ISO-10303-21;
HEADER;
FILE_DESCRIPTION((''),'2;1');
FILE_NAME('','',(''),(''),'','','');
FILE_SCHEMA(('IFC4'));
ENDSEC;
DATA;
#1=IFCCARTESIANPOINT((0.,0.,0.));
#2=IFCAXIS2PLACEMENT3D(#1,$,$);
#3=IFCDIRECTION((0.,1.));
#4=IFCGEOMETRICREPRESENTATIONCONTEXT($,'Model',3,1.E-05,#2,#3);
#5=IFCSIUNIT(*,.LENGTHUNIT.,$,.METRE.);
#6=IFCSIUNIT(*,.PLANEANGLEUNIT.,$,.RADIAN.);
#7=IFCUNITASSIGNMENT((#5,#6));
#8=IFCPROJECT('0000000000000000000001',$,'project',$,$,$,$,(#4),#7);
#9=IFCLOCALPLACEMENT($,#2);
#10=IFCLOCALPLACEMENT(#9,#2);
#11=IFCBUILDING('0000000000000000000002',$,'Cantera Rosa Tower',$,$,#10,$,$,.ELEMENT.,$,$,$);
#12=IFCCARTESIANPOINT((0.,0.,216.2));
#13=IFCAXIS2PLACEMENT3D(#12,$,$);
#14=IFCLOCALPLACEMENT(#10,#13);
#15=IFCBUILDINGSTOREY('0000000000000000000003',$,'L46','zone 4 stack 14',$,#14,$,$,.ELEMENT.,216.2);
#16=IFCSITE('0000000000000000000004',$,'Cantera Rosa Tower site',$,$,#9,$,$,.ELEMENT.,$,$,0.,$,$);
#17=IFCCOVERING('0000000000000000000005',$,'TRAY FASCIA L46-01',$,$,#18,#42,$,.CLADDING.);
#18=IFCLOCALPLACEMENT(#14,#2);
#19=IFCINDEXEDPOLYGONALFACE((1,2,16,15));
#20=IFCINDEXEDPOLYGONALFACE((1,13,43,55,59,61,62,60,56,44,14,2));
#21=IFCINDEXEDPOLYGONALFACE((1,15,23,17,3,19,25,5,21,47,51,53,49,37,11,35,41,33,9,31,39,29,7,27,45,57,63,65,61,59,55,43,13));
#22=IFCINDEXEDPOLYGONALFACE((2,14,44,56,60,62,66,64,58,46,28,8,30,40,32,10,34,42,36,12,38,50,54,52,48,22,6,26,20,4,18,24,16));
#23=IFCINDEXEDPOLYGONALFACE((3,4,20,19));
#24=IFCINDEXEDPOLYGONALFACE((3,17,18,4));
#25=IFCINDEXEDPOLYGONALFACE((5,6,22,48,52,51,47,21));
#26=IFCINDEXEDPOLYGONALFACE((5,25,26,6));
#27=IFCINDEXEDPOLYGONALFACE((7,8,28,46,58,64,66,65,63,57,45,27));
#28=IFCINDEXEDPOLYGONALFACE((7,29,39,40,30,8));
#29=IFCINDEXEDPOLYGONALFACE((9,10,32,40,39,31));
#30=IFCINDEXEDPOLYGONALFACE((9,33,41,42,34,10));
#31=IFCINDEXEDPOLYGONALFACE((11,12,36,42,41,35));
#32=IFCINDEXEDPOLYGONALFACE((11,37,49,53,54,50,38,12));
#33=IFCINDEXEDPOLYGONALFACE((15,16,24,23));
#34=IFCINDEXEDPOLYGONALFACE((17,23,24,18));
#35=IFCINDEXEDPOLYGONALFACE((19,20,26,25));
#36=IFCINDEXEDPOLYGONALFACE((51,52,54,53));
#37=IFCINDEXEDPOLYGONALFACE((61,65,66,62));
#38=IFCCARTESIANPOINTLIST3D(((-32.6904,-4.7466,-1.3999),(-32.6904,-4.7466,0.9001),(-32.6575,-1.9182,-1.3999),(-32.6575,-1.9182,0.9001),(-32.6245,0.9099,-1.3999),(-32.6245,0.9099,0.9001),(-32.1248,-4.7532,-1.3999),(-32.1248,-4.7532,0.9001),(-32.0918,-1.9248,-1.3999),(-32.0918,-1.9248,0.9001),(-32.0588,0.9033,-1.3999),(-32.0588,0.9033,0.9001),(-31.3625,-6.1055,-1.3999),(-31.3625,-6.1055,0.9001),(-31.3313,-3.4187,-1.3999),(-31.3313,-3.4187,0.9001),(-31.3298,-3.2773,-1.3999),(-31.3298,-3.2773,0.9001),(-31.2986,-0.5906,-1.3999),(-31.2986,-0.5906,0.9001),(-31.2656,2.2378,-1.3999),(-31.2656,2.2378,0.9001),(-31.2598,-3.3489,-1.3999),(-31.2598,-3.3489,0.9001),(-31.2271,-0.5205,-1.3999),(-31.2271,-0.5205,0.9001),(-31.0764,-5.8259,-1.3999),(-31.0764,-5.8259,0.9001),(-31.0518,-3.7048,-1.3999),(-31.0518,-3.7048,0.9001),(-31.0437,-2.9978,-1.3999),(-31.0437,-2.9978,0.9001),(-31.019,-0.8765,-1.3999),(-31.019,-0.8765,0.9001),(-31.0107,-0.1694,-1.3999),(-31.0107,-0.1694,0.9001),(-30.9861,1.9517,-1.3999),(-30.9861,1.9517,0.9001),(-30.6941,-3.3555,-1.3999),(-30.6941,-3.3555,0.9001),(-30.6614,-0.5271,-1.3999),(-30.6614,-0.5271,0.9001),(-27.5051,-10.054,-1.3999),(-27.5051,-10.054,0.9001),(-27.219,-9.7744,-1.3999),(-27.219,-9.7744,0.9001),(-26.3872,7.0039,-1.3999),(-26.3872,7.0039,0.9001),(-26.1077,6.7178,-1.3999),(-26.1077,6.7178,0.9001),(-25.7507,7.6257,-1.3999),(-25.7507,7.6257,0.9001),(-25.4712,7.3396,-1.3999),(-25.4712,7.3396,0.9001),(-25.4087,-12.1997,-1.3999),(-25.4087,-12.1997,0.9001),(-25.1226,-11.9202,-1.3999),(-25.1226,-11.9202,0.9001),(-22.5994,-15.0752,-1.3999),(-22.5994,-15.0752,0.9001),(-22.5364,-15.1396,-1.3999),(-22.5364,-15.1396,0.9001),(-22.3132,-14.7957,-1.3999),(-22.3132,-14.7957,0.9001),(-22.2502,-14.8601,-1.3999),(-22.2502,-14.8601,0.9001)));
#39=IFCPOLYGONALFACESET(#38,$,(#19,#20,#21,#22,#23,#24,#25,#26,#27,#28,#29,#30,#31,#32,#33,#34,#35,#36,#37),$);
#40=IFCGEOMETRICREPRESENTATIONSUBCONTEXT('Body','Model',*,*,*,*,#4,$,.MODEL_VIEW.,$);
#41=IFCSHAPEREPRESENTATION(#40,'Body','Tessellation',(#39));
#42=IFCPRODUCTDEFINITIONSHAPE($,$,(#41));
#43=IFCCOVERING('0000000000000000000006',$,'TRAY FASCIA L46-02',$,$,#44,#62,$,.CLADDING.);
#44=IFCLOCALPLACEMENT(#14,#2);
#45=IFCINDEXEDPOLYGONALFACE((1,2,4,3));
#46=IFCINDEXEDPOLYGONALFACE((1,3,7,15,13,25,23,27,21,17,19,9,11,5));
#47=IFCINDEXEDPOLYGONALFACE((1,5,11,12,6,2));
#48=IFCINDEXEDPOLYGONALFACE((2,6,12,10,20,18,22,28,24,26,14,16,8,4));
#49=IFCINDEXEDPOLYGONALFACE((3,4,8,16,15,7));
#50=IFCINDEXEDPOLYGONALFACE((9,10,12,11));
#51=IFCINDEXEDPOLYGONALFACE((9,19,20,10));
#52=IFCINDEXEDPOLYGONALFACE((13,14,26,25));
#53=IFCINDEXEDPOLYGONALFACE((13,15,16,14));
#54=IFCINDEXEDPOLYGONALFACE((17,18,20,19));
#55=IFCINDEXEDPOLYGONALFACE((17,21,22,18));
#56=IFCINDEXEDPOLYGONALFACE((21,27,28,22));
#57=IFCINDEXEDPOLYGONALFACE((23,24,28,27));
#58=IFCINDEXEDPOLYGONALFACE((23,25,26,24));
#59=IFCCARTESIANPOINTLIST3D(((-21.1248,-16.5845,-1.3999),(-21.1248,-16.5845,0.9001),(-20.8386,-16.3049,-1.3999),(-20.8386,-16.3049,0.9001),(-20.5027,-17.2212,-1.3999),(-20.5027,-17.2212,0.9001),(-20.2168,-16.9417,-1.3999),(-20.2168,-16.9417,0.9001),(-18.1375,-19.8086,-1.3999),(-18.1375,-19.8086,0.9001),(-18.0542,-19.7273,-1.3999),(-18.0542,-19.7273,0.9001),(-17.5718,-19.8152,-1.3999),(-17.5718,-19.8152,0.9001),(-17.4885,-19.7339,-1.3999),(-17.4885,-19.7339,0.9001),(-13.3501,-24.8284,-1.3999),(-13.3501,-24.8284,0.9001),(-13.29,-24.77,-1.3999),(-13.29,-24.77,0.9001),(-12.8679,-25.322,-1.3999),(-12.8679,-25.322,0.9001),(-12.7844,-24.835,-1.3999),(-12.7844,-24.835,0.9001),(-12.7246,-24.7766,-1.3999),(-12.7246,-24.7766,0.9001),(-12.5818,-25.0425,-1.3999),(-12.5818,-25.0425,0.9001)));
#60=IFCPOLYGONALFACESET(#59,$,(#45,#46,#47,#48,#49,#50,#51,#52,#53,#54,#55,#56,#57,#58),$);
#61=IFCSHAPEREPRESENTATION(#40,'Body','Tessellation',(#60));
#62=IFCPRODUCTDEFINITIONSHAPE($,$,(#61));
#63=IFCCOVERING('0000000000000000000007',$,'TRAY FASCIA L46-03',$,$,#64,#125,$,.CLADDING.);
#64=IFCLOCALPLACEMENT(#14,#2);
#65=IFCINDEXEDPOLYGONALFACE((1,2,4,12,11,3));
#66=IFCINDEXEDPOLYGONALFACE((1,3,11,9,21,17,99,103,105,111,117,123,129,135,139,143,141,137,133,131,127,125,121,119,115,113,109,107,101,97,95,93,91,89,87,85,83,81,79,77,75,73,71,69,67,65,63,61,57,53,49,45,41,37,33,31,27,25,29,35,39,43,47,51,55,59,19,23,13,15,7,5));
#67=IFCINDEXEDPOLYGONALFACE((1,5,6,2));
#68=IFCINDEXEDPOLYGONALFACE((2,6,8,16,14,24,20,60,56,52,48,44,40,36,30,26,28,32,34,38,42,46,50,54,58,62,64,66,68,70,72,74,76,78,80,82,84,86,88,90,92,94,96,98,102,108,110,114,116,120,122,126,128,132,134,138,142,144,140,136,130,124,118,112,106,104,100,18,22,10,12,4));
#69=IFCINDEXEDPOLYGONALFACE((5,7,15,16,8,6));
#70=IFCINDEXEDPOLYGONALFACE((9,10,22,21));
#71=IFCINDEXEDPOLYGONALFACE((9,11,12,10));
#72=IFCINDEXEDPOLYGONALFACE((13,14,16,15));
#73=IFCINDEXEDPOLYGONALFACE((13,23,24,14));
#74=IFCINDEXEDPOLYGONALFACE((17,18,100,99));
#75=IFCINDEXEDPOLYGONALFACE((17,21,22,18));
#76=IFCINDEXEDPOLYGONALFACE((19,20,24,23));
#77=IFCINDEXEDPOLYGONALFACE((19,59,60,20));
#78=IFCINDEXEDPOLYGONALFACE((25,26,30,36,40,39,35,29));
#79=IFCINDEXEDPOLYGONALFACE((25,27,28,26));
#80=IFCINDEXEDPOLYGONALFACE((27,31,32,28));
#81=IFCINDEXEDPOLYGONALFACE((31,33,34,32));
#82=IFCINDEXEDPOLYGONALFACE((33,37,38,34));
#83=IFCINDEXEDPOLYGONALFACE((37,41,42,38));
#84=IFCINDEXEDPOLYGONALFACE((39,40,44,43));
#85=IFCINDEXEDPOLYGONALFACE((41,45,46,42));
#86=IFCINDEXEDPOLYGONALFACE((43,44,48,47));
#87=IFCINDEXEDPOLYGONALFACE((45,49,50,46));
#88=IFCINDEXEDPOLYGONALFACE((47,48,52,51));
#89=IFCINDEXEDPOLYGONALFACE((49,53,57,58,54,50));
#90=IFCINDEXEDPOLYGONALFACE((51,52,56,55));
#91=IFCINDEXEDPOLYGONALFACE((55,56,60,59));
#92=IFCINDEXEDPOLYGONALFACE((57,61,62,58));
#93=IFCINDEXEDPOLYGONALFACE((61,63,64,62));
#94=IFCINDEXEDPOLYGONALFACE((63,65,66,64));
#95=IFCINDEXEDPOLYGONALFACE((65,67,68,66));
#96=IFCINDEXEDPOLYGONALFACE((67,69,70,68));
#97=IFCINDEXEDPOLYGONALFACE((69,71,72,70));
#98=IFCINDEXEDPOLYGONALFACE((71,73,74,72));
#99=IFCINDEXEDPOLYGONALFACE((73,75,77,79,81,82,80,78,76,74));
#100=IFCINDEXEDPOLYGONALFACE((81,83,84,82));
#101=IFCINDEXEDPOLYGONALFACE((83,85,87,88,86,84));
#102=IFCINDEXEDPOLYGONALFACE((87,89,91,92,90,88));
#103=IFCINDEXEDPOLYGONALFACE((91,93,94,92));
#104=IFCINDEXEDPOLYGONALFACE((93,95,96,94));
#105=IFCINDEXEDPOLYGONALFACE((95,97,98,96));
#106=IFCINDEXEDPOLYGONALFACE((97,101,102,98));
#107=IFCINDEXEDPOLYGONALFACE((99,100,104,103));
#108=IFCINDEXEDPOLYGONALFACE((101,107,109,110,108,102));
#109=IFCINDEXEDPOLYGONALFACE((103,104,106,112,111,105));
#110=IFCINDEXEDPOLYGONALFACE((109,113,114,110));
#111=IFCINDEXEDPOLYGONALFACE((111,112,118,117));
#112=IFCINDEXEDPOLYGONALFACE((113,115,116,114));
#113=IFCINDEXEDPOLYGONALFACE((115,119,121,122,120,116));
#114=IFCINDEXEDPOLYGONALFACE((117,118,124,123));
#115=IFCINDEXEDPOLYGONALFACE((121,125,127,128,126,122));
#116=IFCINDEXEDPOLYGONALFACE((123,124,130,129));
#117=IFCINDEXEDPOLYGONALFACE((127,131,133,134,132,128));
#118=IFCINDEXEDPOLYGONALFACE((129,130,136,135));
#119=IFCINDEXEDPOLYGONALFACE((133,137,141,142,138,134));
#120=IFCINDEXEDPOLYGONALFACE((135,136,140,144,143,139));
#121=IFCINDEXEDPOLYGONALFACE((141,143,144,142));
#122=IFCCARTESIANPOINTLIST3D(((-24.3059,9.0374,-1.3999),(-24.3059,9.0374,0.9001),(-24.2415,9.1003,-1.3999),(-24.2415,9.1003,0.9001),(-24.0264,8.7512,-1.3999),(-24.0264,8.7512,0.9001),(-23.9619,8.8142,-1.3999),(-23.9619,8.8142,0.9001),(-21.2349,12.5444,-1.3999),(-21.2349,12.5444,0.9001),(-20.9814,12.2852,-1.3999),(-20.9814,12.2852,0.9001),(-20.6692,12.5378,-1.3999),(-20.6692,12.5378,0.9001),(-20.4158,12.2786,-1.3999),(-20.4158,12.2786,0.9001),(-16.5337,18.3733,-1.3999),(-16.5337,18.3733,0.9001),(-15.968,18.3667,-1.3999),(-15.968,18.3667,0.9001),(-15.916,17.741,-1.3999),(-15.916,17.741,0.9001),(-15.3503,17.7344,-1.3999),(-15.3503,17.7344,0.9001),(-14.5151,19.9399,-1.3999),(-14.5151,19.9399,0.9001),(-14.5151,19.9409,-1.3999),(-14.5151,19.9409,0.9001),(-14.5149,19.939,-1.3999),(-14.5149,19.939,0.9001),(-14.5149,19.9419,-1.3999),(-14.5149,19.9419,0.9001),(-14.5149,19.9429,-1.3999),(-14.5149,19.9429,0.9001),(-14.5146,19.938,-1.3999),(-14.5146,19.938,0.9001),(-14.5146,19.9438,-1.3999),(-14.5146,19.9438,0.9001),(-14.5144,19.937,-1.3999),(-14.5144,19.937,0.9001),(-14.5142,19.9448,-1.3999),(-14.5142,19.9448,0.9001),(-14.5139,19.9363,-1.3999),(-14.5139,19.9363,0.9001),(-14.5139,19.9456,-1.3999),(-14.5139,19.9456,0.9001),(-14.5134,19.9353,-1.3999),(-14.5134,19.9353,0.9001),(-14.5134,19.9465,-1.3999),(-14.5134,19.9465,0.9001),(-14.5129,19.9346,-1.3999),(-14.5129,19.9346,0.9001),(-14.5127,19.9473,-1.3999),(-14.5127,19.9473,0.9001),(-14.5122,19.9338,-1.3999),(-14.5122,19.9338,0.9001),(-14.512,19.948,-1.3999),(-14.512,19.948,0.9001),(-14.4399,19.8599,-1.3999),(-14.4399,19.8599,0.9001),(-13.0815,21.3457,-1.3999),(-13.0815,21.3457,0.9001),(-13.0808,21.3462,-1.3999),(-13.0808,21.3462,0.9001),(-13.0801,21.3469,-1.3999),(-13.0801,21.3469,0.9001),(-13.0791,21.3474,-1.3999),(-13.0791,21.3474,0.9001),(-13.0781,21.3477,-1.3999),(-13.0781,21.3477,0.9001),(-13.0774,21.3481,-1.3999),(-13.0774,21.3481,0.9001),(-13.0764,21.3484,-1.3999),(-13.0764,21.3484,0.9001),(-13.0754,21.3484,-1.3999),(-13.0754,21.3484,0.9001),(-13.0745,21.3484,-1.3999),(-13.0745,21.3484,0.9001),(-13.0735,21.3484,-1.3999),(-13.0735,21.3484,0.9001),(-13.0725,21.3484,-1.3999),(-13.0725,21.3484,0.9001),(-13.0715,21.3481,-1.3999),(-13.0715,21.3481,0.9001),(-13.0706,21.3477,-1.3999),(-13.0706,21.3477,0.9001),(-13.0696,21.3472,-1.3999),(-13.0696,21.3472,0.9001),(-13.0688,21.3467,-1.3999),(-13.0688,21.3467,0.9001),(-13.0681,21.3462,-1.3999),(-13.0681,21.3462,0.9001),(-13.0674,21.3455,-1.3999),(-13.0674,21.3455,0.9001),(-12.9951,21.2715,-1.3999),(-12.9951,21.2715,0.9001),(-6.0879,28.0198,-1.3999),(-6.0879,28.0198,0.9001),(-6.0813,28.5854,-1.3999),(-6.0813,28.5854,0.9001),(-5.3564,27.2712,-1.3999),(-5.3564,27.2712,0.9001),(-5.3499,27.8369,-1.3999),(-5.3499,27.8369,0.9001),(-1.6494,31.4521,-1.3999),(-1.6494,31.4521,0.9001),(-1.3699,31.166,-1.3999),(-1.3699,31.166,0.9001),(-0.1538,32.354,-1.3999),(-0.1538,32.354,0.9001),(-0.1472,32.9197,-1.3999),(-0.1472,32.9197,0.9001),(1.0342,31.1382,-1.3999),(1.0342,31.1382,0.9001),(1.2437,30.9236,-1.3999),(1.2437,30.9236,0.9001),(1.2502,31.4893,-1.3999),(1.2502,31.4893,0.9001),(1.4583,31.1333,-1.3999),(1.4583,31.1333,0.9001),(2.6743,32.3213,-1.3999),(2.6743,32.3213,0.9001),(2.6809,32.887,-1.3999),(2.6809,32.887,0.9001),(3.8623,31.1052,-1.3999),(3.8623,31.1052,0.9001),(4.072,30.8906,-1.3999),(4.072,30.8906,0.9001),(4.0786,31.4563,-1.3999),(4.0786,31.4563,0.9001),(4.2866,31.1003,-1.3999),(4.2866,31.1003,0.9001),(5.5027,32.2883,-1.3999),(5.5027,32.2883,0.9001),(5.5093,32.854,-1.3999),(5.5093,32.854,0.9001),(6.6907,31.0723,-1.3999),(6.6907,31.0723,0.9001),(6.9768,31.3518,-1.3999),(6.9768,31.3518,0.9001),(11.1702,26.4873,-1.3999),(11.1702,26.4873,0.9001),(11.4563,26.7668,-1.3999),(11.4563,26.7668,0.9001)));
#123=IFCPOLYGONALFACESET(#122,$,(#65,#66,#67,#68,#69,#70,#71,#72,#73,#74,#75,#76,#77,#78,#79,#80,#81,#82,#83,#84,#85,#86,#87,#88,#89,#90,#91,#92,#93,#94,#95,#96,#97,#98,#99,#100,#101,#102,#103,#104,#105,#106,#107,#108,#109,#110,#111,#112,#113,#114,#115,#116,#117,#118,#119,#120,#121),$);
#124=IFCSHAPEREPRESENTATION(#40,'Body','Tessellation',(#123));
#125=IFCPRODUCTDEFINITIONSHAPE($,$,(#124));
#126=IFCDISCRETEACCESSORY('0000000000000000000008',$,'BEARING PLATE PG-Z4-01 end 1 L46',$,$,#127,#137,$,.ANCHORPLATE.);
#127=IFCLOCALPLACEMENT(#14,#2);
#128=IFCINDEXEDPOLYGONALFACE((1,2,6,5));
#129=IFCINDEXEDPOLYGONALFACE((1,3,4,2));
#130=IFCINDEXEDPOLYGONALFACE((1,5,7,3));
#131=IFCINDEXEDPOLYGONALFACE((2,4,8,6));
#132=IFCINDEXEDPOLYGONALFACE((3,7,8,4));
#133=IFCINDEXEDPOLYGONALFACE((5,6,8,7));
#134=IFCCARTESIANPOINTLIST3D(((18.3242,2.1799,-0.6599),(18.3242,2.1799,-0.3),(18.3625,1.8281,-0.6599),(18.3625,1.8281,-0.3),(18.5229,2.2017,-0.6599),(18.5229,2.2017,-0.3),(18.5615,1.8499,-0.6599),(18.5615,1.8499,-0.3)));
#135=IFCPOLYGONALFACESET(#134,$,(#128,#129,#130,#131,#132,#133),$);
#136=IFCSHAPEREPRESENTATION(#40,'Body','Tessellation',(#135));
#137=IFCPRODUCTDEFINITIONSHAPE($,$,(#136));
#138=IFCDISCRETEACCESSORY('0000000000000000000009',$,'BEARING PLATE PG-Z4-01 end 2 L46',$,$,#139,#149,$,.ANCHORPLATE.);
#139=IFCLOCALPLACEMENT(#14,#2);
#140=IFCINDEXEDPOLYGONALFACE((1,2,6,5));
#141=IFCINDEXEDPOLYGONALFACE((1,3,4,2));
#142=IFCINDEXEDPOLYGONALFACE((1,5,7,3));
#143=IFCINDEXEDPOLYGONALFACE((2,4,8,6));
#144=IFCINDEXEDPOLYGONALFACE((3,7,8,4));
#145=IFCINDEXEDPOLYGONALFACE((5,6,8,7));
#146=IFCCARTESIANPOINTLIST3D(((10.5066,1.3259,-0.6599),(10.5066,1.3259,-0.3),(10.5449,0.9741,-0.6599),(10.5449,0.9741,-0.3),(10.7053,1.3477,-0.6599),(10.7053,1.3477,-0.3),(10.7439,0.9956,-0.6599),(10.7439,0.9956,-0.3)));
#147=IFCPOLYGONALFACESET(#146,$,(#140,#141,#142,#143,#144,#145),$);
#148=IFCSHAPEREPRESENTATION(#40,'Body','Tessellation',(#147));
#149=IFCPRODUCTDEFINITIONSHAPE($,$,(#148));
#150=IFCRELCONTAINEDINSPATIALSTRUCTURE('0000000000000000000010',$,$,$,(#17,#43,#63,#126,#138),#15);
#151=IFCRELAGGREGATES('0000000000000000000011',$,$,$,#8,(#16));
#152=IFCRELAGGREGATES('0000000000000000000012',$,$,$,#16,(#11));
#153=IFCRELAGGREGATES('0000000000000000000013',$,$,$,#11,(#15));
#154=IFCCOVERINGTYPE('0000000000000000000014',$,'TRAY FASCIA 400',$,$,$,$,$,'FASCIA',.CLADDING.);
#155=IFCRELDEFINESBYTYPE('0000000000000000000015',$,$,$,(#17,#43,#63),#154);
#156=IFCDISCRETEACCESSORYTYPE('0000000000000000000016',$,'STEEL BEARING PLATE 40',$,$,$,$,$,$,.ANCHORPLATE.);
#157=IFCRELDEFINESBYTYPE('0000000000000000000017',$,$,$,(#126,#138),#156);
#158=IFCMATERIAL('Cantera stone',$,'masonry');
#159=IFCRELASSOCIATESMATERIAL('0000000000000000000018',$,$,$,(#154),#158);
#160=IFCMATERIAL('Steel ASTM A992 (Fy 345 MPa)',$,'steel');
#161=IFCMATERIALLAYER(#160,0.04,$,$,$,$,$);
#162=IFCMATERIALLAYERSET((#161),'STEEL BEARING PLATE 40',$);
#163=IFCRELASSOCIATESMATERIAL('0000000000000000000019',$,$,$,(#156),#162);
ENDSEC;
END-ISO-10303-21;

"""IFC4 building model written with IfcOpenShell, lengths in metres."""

from ifc_helpers import new_model, si_unit, direction, frame, origin, place, context, subcontext, project, spatial, polyline, outline, extrude, material, layer, layer_set, type_object, element, save


model = new_model("IFC4")

# Units and contexts
model_context = context("Model", 3, precision=1e-05, world=origin(), true_north=direction((0.0, 1.0)))
body_context = subcontext(model_context, "Body", "Model", "MODEL_VIEW")
ifc_project = project(units=[si_unit("LENGTHUNIT", "METRE"), si_unit("PLANEANGLEUNIT", "RADIAN")], contexts=[model_context])

# Site, building, storey
site_placement = place(None, origin())
site = spatial("IfcSite", under=ifc_project, at=site_placement, Name="Cantera Rosa Tower site", CompositionType="ELEMENT", RefElevation=0.0)
building_placement = place(site_placement, origin())
building = spatial("IfcBuilding", under=site, at=building_placement, Name="Cantera Rosa Tower", CompositionType="ELEMENT")
storey_placement = place(building_placement, frame((0.0, 0.0, 216.2)))
storey = spatial("IfcBuildingStorey", under=building, at=storey_placement, Name="L46", Description="zone 4 stack 14", CompositionType="ELEMENT", Elevation=216.2)

# Coverings
ifc_material_1 = material(Name="Cantera stone", Category="masonry")
covering_type = type_object("IfcCoveringType", Name="TRAY FASCIA 400", ElementType="FASCIA", PredefinedType="CLADDING", material=ifc_material_1)
covering_1_placement = place(storey_placement, frame((0.0, 0.0, -1.3999)))
element("IfcCovering", 1, at=covering_1_placement, inside=storey, type_object=covering_type, Name="TRAY FASCIA L46-01", PredefinedType="CLADDING", context=body_context, shape_type="SweptSolid", body=[
    extrude(outline(polyline([(-22.5994, -15.0752), (-25.4087, -12.1997), (-27.5051, -10.054), (-31.3625, -6.1055), (-32.6904, -4.7466), (-31.3313, -3.4187), (-31.2598, -3.3489), (-31.3298, -3.2773), (-32.6575, -1.9182), (-31.2986, -0.5906), (-31.2271, -0.5205), (-32.6245, 0.9099), (-31.2656, 2.2378), (-26.3872, 7.0039), (-25.7507, 7.6257), (-25.4712, 7.3396), (-26.1077, 6.7178), (-30.9861, 1.9517), (-32.0588, 0.9033), (-31.0107, -0.1694), (-30.6614, -0.5271), (-31.019, -0.8765), (-32.0918, -1.9248), (-31.0437, -2.9978), (-30.6941, -3.3555), (-31.0518, -3.7048), (-32.1248, -4.7532), (-31.0764, -5.8259), (-27.219, -9.7744), (-25.1226, -11.9202), (-22.3132, -14.7957), (-22.2502, -14.8601), (-22.5364, -15.1396), (-22.5994, -15.0752)])), origin(), (0.0, 0.0, 1.0), 2.3),
])
covering_2_placement = place(storey_placement, frame((0.0, 0.0, -1.3999)))
element("IfcCovering", 2, at=covering_2_placement, inside=storey, type_object=covering_type, Name="TRAY FASCIA L46-02", PredefinedType="CLADDING", context=body_context, shape_type="SweptSolid", body=[
    extrude(outline(polyline([(-13.3501, -24.8284), (-13.29, -24.77), (-18.1375, -19.8086), (-18.0542, -19.7273), (-20.5027, -17.2212), (-21.1248, -16.5845), (-20.8386, -16.3049), (-20.2168, -16.9417), (-17.4885, -19.7339), (-17.5718, -19.8152), (-12.7246, -24.7766), (-12.7844, -24.835), (-12.5818, -25.0425), (-12.8679, -25.322), (-13.3501, -24.8284)])), origin(), (0.0, 0.0, 1.0), 2.3),
])
covering_3_placement = place(storey_placement, frame((0.0, 0.0, -1.3999)))
element("IfcCovering", 3, at=covering_3_placement, inside=storey, type_object=covering_type, Name="TRAY FASCIA L46-03", PredefinedType="CLADDING", context=body_context, shape_type="SweptSolid", body=[
    extrude(outline(polyline([(-15.916, 17.741), (-16.5337, 18.3733), (-6.0813, 28.5854), (-5.3499, 27.8369), (-1.6494, 31.4521), (-0.1472, 32.9197), (1.2502, 31.4893), (2.6809, 32.887), (4.0786, 31.4563), (5.5093, 32.854), (6.9768, 31.3518), (11.4563, 26.7668), (11.1702, 26.4873), (6.6907, 31.0723), (5.5027, 32.2883), (4.2866, 31.1003), (4.072, 30.8906), (3.8623, 31.1052), (2.6743, 32.3213), (1.4583, 31.1333), (1.2437, 30.9236), (1.0342, 31.1382), (-0.1538, 32.354), (-1.3699, 31.166), (-5.3564, 27.2712), (-6.0879, 28.0198), (-12.9951, 21.2715), (-13.0674, 21.3455), (-13.0681, 21.3462), (-13.0688, 21.3467), (-13.0696, 21.3472), (-13.0706, 21.3477), (-13.0715, 21.3481), (-13.0725, 21.3484), (-13.0735, 21.3484), (-13.0745, 21.3484), (-13.0754, 21.3484), (-13.0764, 21.3484), (-13.0774, 21.3481), (-13.0781, 21.3477), (-13.0791, 21.3474), (-13.0801, 21.3469), (-13.0808, 21.3462), (-13.0815, 21.3457), (-14.512, 19.948), (-14.5127, 19.9473), (-14.5134, 19.9465), (-14.5139, 19.9456), (-14.5142, 19.9448), (-14.5146, 19.9438), (-14.5149, 19.9429), (-14.5149, 19.9419), (-14.5151, 19.9409), (-14.5151, 19.9399), (-14.5149, 19.939), (-14.5146, 19.938), (-14.5144, 19.937), (-14.5139, 19.9363), (-14.5134, 19.9353), (-14.5129, 19.9346), (-14.5122, 19.9338), (-14.4399, 19.8599), (-15.968, 18.3667), (-15.3503, 17.7344), (-20.6692, 12.5378), (-20.4158, 12.2786), (-23.9619, 8.8142), (-24.0264, 8.7512), (-24.3059, 9.0374), (-24.2415, 9.1003), (-20.9814, 12.2852), (-21.2349, 12.5444), (-15.916, 17.741)])), origin(), (0.0, 0.0, 1.0), 2.3),
])

# Discrete accessories
ifc_material_2 = material(Name="Steel ASTM A992 (Fy 345 MPa)", Category="steel")
ifc_layer_1 = layer(ifc_material_2, 0.04)
ifc_layer_set_1 = layer_set([ifc_layer_1], Name="STEEL BEARING PLATE 40")
discrete_accessory_type = type_object("IfcDiscreteAccessoryType", Name="STEEL BEARING PLATE 40", PredefinedType="ANCHORPLATE", material=ifc_layer_set_1)
discrete_accessory_1_placement = place(storey_placement, frame((0.0, 0.0, -0.6599)))
element("IfcDiscreteAccessory", 4, at=discrete_accessory_1_placement, inside=storey, type_object=discrete_accessory_type, Name="BEARING PLATE PG-Z4-01 end 1 L46", PredefinedType="ANCHORPLATE", context=body_context, shape_type="SweptSolid", body=[
    extrude(outline(polyline([(18.3625, 1.8281), (18.5615, 1.8499), (18.5229, 2.2017), (18.3242, 2.1799), (18.3625, 1.8281)])), origin(), (0.0, 0.0, 1.0), 0.3599),
])
discrete_accessory_2_placement = place(storey_placement, frame((0.0, 0.0, -0.6599)))
element("IfcDiscreteAccessory", 5, at=discrete_accessory_2_placement, inside=storey, type_object=discrete_accessory_type, Name="BEARING PLATE PG-Z4-01 end 2 L46", PredefinedType="ANCHORPLATE", context=body_context, shape_type="SweptSolid", body=[
    extrude(outline(polyline([(10.7053, 1.3477), (10.5066, 1.3259), (10.5449, 0.9741), (10.7439, 0.9956), (10.7053, 1.3477)])), origin(), (0.0, 0.0, 1.0), 0.3599),
])

save(model, "model.ifc")
